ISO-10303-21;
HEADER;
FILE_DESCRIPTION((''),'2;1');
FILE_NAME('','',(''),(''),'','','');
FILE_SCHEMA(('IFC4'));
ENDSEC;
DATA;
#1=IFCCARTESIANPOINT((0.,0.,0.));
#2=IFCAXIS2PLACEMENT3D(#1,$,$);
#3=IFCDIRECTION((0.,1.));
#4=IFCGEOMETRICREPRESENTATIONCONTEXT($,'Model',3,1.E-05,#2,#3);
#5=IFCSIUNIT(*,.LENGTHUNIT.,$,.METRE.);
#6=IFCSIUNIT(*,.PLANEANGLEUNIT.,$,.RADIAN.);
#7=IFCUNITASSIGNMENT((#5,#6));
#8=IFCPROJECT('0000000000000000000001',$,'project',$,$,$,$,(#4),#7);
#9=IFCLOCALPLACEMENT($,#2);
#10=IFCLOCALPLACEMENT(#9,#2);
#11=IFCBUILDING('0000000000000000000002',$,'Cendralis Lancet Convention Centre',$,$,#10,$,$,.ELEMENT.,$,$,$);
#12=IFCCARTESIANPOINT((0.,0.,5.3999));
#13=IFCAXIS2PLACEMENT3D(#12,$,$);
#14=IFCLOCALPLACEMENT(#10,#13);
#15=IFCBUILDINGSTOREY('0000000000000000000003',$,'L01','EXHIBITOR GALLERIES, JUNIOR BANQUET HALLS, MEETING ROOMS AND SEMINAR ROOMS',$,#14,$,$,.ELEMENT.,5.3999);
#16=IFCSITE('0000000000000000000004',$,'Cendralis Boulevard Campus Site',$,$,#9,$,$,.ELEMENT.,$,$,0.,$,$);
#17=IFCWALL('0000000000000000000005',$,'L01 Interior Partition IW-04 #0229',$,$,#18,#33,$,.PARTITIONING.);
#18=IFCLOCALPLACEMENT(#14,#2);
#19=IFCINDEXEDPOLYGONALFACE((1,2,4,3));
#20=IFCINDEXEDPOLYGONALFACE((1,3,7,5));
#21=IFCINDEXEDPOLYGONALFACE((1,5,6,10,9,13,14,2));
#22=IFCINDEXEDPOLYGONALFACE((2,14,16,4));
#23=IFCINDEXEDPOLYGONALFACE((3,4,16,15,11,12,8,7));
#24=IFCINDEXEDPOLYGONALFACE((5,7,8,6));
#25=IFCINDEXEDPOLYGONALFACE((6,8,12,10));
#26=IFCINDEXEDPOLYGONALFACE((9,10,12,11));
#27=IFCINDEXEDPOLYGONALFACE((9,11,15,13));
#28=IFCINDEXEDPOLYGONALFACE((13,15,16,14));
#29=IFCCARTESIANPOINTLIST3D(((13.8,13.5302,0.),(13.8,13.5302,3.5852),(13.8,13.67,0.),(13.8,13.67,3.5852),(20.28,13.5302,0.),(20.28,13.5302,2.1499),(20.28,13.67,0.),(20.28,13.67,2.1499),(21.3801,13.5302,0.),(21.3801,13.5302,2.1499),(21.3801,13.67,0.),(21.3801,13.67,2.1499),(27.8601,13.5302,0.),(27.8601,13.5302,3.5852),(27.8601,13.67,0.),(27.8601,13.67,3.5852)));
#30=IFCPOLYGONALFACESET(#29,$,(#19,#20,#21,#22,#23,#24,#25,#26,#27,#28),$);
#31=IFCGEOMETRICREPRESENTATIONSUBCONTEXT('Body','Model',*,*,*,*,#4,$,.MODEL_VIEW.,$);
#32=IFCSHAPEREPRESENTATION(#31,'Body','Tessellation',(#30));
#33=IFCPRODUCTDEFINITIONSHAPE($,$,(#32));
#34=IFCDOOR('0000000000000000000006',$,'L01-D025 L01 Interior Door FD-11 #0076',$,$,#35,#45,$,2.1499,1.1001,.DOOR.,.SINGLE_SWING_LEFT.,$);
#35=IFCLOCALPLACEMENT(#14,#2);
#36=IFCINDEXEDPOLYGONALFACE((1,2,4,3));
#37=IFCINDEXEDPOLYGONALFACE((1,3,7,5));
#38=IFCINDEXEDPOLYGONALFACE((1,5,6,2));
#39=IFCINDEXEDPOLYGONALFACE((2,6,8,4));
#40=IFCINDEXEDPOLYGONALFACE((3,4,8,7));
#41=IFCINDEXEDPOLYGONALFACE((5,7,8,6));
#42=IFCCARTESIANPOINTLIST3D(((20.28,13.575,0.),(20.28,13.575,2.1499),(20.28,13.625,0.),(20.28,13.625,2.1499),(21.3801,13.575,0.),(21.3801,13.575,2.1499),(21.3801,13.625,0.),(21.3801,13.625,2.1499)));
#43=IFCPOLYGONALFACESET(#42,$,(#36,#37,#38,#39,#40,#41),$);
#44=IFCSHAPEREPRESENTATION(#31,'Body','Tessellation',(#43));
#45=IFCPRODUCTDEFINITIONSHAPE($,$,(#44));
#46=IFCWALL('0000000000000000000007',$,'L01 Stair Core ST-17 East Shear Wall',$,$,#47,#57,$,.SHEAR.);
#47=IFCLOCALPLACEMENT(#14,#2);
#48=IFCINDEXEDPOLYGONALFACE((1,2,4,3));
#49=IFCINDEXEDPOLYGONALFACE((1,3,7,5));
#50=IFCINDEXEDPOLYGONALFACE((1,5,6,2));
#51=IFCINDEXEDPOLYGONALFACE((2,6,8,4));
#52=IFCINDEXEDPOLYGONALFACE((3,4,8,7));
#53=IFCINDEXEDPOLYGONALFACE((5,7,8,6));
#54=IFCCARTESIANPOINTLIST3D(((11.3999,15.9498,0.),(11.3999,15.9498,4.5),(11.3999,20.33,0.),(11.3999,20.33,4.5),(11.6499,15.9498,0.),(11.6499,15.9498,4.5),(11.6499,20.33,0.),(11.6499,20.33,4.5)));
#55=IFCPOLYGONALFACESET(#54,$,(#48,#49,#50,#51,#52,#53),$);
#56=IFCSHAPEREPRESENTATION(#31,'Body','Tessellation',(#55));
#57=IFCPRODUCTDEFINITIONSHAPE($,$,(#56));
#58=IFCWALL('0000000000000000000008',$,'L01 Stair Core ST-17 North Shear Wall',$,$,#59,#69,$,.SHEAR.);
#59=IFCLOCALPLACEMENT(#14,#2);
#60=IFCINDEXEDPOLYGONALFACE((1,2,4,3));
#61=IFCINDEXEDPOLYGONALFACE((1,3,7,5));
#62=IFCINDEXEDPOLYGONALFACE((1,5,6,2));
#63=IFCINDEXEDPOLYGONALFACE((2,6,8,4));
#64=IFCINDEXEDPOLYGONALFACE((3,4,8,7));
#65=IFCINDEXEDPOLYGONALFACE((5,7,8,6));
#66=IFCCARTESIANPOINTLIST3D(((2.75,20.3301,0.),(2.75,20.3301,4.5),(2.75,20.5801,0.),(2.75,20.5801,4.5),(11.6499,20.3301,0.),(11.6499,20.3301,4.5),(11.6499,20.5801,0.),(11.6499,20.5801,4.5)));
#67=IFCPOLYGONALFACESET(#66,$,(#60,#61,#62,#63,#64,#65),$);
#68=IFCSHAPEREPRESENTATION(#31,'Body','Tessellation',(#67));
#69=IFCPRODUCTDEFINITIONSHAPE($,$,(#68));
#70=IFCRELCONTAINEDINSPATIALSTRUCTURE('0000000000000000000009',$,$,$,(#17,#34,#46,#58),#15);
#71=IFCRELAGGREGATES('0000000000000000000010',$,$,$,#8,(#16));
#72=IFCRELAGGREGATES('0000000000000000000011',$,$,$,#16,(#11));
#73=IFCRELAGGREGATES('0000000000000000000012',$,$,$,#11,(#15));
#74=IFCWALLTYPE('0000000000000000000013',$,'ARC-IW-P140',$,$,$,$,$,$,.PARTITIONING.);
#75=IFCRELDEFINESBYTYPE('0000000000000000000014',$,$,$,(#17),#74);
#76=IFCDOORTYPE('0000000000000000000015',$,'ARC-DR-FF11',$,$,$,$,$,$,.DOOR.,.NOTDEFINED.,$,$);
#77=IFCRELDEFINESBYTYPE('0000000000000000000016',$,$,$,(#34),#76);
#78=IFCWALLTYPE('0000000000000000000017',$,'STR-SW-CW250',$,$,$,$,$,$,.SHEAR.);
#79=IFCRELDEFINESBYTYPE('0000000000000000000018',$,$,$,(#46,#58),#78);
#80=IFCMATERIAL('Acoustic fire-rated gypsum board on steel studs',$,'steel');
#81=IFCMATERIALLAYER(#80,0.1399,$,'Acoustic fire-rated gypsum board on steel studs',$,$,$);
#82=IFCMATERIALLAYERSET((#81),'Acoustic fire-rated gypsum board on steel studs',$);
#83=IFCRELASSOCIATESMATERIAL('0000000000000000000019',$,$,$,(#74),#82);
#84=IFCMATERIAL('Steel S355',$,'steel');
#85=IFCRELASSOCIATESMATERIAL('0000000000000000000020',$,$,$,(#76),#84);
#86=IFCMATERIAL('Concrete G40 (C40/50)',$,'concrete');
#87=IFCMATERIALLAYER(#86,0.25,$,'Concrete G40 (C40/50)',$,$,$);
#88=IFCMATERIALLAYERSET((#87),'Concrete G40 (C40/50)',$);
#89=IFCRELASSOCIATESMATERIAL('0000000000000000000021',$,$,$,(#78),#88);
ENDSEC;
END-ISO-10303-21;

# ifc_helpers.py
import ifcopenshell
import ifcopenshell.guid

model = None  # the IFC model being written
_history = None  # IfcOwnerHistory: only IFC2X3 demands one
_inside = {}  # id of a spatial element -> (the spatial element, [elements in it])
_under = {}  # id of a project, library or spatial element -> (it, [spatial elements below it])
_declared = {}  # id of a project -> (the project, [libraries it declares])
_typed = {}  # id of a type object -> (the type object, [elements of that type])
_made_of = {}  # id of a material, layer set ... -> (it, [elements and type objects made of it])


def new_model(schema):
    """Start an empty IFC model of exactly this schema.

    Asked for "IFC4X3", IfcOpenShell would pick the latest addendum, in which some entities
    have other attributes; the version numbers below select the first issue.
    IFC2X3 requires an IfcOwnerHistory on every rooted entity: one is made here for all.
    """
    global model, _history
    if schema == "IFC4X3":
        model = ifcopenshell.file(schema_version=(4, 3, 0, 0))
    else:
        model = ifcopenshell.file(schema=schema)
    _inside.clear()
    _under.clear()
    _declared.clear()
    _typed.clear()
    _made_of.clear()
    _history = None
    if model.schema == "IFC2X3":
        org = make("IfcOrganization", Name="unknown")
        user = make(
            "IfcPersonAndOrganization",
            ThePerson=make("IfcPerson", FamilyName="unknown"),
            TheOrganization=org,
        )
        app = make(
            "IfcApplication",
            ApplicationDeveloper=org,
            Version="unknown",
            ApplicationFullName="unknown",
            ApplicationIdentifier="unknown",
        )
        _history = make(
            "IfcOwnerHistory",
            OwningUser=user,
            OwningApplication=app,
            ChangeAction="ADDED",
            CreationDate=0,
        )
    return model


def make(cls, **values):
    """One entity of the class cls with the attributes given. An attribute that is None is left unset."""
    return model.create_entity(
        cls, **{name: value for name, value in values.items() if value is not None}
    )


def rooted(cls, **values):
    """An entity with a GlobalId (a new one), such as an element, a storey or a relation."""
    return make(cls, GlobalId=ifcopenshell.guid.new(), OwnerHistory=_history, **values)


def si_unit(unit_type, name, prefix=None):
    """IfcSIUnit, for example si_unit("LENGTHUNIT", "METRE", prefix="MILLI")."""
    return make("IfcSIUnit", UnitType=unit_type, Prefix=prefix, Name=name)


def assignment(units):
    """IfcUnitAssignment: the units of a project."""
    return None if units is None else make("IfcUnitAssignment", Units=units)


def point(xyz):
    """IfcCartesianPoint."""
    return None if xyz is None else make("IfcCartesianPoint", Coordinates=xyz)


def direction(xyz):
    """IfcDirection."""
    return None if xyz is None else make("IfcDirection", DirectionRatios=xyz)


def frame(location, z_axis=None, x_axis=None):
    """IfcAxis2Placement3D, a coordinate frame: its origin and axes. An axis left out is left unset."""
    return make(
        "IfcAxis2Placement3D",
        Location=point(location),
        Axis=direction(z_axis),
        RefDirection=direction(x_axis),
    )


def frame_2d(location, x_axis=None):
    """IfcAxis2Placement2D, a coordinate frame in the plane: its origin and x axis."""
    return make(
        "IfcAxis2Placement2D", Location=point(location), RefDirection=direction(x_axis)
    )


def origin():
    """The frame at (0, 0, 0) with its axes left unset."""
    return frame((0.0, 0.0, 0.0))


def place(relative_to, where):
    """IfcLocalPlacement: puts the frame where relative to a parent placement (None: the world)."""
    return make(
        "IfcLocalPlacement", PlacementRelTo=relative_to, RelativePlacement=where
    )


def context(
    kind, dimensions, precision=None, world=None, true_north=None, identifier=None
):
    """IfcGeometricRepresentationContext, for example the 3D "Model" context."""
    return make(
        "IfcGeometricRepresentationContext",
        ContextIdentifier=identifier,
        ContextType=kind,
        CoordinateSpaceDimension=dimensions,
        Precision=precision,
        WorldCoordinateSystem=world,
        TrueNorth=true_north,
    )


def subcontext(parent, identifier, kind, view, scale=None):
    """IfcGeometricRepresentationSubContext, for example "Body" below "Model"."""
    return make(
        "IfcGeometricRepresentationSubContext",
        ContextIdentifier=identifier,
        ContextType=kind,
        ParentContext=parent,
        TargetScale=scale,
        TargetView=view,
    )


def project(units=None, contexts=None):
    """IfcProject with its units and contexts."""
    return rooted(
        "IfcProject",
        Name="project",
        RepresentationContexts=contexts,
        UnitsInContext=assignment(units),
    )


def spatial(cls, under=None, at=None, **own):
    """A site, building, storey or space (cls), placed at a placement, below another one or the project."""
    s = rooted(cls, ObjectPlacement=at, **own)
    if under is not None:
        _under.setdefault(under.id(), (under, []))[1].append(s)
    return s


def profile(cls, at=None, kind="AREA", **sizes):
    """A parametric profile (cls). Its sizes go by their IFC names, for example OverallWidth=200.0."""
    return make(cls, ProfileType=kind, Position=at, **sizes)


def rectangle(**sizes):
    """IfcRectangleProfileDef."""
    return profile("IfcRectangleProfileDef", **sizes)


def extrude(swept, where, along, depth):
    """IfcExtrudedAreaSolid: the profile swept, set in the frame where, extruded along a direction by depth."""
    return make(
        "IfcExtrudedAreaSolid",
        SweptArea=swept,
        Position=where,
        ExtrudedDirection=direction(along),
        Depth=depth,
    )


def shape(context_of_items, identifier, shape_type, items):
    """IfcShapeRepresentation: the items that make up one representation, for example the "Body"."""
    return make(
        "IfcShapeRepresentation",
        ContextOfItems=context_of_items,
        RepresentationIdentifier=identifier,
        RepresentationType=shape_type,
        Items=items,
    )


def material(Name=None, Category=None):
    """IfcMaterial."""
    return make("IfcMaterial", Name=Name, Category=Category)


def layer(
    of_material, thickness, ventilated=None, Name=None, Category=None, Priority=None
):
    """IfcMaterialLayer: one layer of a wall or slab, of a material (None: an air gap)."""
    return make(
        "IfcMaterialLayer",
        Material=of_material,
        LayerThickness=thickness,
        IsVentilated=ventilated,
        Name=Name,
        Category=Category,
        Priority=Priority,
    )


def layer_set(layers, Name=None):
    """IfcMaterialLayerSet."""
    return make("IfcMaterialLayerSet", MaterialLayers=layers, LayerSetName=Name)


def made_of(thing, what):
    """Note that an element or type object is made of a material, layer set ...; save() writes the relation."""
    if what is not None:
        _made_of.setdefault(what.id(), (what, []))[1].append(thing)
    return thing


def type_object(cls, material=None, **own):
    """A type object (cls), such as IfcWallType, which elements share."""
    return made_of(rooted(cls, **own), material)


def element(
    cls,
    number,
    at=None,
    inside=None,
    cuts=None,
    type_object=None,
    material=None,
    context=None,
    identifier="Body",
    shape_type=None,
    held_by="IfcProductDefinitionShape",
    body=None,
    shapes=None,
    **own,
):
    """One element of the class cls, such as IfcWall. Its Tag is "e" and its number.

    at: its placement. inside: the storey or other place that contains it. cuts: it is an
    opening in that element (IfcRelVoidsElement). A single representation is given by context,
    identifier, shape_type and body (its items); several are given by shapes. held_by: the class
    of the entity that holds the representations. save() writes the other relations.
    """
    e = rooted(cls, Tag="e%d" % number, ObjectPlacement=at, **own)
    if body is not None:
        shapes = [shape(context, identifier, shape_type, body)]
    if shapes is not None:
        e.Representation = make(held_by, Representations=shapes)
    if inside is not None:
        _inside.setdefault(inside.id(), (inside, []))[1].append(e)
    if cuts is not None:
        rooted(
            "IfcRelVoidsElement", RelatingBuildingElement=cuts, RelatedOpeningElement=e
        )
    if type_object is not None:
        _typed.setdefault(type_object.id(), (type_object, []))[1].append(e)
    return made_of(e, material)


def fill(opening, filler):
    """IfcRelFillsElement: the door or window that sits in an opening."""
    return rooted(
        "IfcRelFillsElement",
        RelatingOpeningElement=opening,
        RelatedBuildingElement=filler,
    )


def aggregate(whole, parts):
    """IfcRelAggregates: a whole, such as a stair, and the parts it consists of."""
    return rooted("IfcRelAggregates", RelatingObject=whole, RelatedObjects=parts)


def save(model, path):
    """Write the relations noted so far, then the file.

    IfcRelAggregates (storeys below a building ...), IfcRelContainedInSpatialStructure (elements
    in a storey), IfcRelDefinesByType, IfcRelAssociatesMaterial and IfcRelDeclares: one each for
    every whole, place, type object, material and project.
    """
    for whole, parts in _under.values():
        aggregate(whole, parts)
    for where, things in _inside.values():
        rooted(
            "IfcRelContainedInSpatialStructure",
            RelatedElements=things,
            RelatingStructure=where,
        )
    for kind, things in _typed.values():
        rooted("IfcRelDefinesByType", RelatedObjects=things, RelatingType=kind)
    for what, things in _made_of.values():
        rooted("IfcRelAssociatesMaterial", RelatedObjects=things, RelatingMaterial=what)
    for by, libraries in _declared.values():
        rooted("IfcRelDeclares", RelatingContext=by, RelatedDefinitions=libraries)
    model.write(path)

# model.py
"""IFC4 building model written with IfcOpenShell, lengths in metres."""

from ifc_helpers import new_model, si_unit, direction, frame, frame_2d, origin, place, context, subcontext, project, spatial, rectangle, extrude, material, layer, layer_set, type_object, element, fill, save


model = new_model("IFC4")

# Units and contexts
model_context = context("Model", 3, precision=1e-05, world=origin(), true_north=direction((0.0, 1.0)))
body_context = subcontext(model_context, "Body", "Model", "MODEL_VIEW")
ifc_project = project(units=[si_unit("LENGTHUNIT", "METRE"), si_unit("PLANEANGLEUNIT", "RADIAN")], contexts=[model_context])

# Site, building, storey
site_placement = place(None, origin())
site = spatial("IfcSite", under=ifc_project, at=site_placement, Name="Cendralis Boulevard Campus Site", CompositionType="ELEMENT", RefElevation=0.0)
building_placement = place(site_placement, origin())
building = spatial("IfcBuilding", under=site, at=building_placement, Name="Cendralis Lancet Convention Centre", CompositionType="ELEMENT")
storey_placement = place(building_placement, frame((0.0, 0.0, 5.3999)))
storey = spatial("IfcBuildingStorey", under=building, at=storey_placement, Name="L01", Description="EXHIBITOR GALLERIES, JUNIOR BANQUET HALLS, MEETING ROOMS AND SEMINAR ROOMS", CompositionType="ELEMENT", Elevation=5.3999)

# Shared definitions
ifc_material_1 = material(Name="Steel S355", Category="steel")

# Shared definitions
ifc_material_2 = material(Name="Concrete G40 (C40/50)", Category="concrete")

# Wall, opening, door
ifc_material_3 = material(Name="Acoustic fire-rated gypsum board on steel studs", Category="steel")
ifc_layer_1 = layer(ifc_material_3, 0.1399, Name="Acoustic fire-rated gypsum board on steel studs")
ifc_layer_set_1 = layer_set([ifc_layer_1], Name="Acoustic fire-rated gypsum board on steel studs")
wall_type_1 = type_object("IfcWallType", Name="ARC-IW-P140", PredefinedType="PARTITIONING", material=ifc_layer_set_1)
wall_1_placement = place(storey_placement, frame((13.8, 13.6001, 0.0), z_axis=(0.0, 0.0, 1.0), x_axis=(1.0, 0.0, 0.0)))
wall_1 = element("IfcWall", 1, at=wall_1_placement, inside=storey, type_object=wall_type_1, Name="L01 Interior Partition IW-04 #0229", PredefinedType="PARTITIONING", context=body_context, shape_type="SweptSolid", body=[
    extrude(rectangle(XDim=14.0601, YDim=0.1399, at=frame_2d((7.03, 0.0))), origin(), (0.0, 0.0, 1.0), 3.5852),
])
opening_1_placement = place(wall_1_placement, frame((6.48, 0.0, 0.0)))
opening_1 = element("IfcOpeningElement", 2, at=opening_1_placement, cuts=wall_1, PredefinedType="OPENING", context=body_context, shape_type="SweptSolid", body=[
    extrude(rectangle(XDim=1.1001, YDim=2.1499, at=frame_2d((0.55, 1.075))), frame((0.0, 0.0798, 0.0), z_axis=(0.0, -1.0, 0.0), x_axis=(1.0, 0.0, 0.0)), (0.0, 0.0, 1.0), 0.1599),
])
door_type_1 = type_object("IfcDoorType", Name="ARC-DR-FF11", OperationType="NOTDEFINED", PredefinedType="DOOR", material=ifc_material_1)
door_1_placement = place(opening_1_placement, origin())
door_1 = element("IfcDoor", 3, at=door_1_placement, inside=storey, type_object=door_type_1, Name="L01-D025 L01 Interior Door FD-11 #0076", OperationType="SINGLE_SWING_LEFT", OverallHeight=2.1499, OverallWidth=1.1001, PredefinedType="DOOR", context=body_context, shape_type="SweptSolid", body=[
    extrude(rectangle(XDim=1.1001, YDim=2.1499, at=frame_2d((0.55, 1.075))), frame((0.0, 0.0249, 0.0), z_axis=(0.0, -1.0, 0.0), x_axis=(1.0, 0.0, 0.0)), (0.0, 0.0, 1.0), 0.05),
])
fill(opening_1, door_1)
ifc_layer_2 = layer(ifc_material_2, 0.25, Name="Concrete G40 (C40/50)")
ifc_layer_set_2 = layer_set([ifc_layer_2], Name="Concrete G40 (C40/50)")
wall_type_2 = type_object("IfcWallType", Name="STR-SW-CW250", PredefinedType="SHEAR", material=ifc_layer_set_2)

# Walls
wall_2_placement = place(storey_placement, frame((11.5249, 15.95, 0.0), z_axis=(0.0, 0.0, 1.0), x_axis=(0.0, 1.0, 0.0)))
element("IfcWall", 4, at=wall_2_placement, inside=storey, type_object=wall_type_2, Name="L01 Stair Core ST-17 East Shear Wall", PredefinedType="SHEAR", context=body_context, shape_type="SweptSolid", body=[
    extrude(rectangle(XDim=4.3801, YDim=0.25, at=frame_2d((2.1899, 0.0))), origin(), (0.0, 0.0, 1.0), 4.5),
])
wall_3_placement = place(storey_placement, frame((2.75, 20.4551, 0.0), z_axis=(0.0, 0.0, 1.0), x_axis=(1.0, 0.0, 0.0)))
element("IfcWall", 5, at=wall_3_placement, inside=storey, type_object=wall_type_2, Name="L01 Stair Core ST-17 North Shear Wall", PredefinedType="SHEAR", context=body_context, shape_type="SweptSolid", body=[
    extrude(rectangle(XDim=8.8999, YDim=0.25, at=frame_2d((4.45, 0.0))), origin(), (0.0, 0.0, 1.0), 4.5),
])

save(model, "model.ifc")
